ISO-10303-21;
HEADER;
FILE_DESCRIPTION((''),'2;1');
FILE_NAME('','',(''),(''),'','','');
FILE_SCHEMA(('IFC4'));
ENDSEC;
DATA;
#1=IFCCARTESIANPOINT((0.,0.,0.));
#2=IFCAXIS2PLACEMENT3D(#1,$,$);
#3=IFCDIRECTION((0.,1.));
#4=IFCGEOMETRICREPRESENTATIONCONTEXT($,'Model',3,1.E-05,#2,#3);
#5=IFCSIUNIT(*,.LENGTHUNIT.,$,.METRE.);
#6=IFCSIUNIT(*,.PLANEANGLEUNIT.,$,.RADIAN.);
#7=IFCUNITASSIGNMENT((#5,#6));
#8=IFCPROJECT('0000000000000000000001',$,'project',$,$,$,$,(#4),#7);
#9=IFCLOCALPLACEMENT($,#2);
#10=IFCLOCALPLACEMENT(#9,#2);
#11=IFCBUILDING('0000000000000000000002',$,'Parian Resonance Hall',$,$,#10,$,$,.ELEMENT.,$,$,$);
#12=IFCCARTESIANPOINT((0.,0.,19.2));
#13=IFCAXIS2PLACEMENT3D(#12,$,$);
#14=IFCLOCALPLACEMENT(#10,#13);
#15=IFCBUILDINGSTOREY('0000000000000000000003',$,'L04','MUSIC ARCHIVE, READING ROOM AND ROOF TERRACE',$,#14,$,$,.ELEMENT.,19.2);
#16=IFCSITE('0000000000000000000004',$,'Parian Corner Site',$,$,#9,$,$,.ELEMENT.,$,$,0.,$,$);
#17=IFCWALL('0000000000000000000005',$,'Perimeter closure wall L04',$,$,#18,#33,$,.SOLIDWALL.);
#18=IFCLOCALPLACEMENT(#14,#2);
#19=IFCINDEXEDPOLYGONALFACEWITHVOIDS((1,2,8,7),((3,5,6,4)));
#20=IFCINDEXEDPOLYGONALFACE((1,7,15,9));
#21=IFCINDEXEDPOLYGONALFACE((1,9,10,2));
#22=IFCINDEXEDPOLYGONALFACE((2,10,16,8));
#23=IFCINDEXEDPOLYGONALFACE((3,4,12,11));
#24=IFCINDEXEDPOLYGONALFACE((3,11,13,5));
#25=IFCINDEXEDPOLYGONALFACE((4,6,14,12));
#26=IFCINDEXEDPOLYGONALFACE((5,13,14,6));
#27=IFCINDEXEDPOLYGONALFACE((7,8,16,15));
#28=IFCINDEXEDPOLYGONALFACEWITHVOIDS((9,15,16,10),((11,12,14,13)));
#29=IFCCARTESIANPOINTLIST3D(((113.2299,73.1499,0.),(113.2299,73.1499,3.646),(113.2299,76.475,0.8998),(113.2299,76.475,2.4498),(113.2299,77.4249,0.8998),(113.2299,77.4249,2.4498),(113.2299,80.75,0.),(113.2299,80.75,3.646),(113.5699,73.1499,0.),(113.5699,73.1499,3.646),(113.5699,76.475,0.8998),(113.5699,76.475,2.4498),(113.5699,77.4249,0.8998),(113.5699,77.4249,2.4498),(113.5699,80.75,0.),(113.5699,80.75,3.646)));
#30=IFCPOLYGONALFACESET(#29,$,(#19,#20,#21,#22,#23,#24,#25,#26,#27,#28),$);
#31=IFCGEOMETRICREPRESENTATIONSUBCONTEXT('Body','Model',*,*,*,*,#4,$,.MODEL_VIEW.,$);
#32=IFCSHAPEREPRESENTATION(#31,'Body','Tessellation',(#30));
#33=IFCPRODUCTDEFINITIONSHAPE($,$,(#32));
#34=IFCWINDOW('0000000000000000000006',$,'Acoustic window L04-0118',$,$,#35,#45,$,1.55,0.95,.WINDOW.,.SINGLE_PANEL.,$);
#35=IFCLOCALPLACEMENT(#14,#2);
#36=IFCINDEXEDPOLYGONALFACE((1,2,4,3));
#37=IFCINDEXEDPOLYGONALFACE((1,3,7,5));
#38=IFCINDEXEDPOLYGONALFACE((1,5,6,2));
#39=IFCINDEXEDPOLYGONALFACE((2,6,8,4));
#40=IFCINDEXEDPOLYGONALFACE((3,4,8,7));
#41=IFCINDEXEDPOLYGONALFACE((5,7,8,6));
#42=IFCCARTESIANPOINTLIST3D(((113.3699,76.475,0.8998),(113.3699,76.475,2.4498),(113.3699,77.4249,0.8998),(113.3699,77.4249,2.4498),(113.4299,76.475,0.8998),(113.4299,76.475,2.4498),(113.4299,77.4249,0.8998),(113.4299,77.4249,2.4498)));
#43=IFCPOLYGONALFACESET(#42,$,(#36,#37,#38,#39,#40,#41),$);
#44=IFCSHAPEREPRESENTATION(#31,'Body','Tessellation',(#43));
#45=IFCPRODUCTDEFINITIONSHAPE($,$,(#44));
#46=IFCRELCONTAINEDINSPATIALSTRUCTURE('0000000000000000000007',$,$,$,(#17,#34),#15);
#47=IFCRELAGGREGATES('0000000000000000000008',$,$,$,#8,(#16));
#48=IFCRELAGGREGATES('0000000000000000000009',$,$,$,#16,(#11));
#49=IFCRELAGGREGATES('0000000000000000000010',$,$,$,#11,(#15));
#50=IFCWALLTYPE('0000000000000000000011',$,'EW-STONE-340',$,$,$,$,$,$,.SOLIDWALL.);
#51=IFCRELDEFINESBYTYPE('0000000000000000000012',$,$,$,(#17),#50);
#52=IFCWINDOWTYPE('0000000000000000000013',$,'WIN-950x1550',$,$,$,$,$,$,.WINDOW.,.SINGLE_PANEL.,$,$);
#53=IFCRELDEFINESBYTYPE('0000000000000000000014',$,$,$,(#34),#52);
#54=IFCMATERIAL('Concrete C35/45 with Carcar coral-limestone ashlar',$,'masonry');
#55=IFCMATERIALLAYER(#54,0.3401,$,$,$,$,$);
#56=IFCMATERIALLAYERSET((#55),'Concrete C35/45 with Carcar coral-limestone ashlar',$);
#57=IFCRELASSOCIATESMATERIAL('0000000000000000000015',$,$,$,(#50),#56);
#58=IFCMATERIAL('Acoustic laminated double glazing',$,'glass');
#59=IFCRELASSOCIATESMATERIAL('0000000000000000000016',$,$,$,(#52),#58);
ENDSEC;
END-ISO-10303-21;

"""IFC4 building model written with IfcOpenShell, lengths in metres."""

from ifc_helpers import new_model, si_unit, direction, frame, frame_2d, origin, place, context, subcontext, project, spatial, rectangle, extrude, material, layer, layer_set, type_object, element, fill, save


model = new_model("IFC4")

# Units and contexts
model_context = context("Model", 3, precision=1e-05, world=origin(), true_north=direction((0.0, 1.0)))
body_context = subcontext(model_context, "Body", "Model", "MODEL_VIEW")
ifc_project = project(units=[si_unit("LENGTHUNIT", "METRE"), si_unit("PLANEANGLEUNIT", "RADIAN")], contexts=[model_context])

# Site, building, storey
site_placement = place(None, origin())
site = spatial("IfcSite", under=ifc_project, at=site_placement, Name="Parian Corner Site", CompositionType="ELEMENT", RefElevation=0.0)
building_placement = place(site_placement, origin())
building = spatial("IfcBuilding", under=site, at=building_placement, Name="Parian Resonance Hall", CompositionType="ELEMENT")
storey_placement = place(building_placement, frame((0.0, 0.0, 19.2)))
storey = spatial("IfcBuildingStorey", under=building, at=storey_placement, Name="L04", Description="MUSIC ARCHIVE, READING ROOM AND ROOF TERRACE", CompositionType="ELEMENT", Elevation=19.2)

# Wall, opening, window
ifc_material_1 = material(Name="Concrete C35/45 with Carcar coral-limestone ashlar", Category="masonry")
ifc_layer_1 = layer(ifc_material_1, 0.3401)
ifc_layer_set_1 = layer_set([ifc_layer_1], Name="Concrete C35/45 with Carcar coral-limestone ashlar")
wall_type = type_object("IfcWallType", Name="EW-STONE-340", PredefinedType="SOLIDWALL", material=ifc_layer_set_1)
wall_1_placement = place(storey_placement, frame((113.3999, 80.75, 0.0), z_axis=(0.0, 0.0, 1.0), x_axis=(0.0, -1.0, 0.0)))
wall_1 = element("IfcWall", 1, at=wall_1_placement, inside=storey, type_object=wall_type, Name="Perimeter closure wall L04", PredefinedType="SOLIDWALL", context=body_context, shape_type="SweptSolid", body=[
    extrude(rectangle(XDim=7.6001, YDim=0.3401, at=frame_2d((3.8, 0.0))), origin(), (0.0, 0.0, 1.0), 3.646),
])
opening_1_placement = place(wall_1_placement, frame((3.325, 0.0, 0.8999)))
opening_1 = element("IfcOpeningElement", 2, at=opening_1_placement, cuts=wall_1, PredefinedType="OPENING", context=body_context, shape_type="SweptSolid", body=[
    extrude(rectangle(XDim=0.95, YDim=1.55, at=frame_2d((0.4751, 0.7749))), frame((0.0, 0.1799, 0.0), z_axis=(0.0, -1.0, 0.0), x_axis=(1.0, 0.0, 0.0)), (0.0, 0.0, 1.0), 0.3601),
])
ifc_material_2 = material(Name="Acoustic laminated double glazing", Category="glass")
window_type_1 = type_object("IfcWindowType", Name="WIN-950x1550", PartitioningType="SINGLE_PANEL", PredefinedType="WINDOW", material=ifc_material_2)
window_1_placement = place(opening_1_placement, origin())
window_1 = element("IfcWindow", 3, at=window_1_placement, inside=storey, type_object=window_type_1, Name="Acoustic window L04-0118", OverallHeight=1.55, OverallWidth=0.95, PartitioningType="SINGLE_PANEL", PredefinedType="WINDOW", context=body_context, shape_type="SweptSolid", body=[
    extrude(rectangle(XDim=0.95, YDim=1.55, at=frame_2d((0.4751, 0.7749))), frame((0.0, 0.03, 0.0), z_axis=(0.0, -1.0, 0.0), x_axis=(1.0, 0.0, 0.0)), (0.0, 0.0, 1.0), 0.0601),
])
fill(opening_1, window_1)

save(model, "model.ifc")
